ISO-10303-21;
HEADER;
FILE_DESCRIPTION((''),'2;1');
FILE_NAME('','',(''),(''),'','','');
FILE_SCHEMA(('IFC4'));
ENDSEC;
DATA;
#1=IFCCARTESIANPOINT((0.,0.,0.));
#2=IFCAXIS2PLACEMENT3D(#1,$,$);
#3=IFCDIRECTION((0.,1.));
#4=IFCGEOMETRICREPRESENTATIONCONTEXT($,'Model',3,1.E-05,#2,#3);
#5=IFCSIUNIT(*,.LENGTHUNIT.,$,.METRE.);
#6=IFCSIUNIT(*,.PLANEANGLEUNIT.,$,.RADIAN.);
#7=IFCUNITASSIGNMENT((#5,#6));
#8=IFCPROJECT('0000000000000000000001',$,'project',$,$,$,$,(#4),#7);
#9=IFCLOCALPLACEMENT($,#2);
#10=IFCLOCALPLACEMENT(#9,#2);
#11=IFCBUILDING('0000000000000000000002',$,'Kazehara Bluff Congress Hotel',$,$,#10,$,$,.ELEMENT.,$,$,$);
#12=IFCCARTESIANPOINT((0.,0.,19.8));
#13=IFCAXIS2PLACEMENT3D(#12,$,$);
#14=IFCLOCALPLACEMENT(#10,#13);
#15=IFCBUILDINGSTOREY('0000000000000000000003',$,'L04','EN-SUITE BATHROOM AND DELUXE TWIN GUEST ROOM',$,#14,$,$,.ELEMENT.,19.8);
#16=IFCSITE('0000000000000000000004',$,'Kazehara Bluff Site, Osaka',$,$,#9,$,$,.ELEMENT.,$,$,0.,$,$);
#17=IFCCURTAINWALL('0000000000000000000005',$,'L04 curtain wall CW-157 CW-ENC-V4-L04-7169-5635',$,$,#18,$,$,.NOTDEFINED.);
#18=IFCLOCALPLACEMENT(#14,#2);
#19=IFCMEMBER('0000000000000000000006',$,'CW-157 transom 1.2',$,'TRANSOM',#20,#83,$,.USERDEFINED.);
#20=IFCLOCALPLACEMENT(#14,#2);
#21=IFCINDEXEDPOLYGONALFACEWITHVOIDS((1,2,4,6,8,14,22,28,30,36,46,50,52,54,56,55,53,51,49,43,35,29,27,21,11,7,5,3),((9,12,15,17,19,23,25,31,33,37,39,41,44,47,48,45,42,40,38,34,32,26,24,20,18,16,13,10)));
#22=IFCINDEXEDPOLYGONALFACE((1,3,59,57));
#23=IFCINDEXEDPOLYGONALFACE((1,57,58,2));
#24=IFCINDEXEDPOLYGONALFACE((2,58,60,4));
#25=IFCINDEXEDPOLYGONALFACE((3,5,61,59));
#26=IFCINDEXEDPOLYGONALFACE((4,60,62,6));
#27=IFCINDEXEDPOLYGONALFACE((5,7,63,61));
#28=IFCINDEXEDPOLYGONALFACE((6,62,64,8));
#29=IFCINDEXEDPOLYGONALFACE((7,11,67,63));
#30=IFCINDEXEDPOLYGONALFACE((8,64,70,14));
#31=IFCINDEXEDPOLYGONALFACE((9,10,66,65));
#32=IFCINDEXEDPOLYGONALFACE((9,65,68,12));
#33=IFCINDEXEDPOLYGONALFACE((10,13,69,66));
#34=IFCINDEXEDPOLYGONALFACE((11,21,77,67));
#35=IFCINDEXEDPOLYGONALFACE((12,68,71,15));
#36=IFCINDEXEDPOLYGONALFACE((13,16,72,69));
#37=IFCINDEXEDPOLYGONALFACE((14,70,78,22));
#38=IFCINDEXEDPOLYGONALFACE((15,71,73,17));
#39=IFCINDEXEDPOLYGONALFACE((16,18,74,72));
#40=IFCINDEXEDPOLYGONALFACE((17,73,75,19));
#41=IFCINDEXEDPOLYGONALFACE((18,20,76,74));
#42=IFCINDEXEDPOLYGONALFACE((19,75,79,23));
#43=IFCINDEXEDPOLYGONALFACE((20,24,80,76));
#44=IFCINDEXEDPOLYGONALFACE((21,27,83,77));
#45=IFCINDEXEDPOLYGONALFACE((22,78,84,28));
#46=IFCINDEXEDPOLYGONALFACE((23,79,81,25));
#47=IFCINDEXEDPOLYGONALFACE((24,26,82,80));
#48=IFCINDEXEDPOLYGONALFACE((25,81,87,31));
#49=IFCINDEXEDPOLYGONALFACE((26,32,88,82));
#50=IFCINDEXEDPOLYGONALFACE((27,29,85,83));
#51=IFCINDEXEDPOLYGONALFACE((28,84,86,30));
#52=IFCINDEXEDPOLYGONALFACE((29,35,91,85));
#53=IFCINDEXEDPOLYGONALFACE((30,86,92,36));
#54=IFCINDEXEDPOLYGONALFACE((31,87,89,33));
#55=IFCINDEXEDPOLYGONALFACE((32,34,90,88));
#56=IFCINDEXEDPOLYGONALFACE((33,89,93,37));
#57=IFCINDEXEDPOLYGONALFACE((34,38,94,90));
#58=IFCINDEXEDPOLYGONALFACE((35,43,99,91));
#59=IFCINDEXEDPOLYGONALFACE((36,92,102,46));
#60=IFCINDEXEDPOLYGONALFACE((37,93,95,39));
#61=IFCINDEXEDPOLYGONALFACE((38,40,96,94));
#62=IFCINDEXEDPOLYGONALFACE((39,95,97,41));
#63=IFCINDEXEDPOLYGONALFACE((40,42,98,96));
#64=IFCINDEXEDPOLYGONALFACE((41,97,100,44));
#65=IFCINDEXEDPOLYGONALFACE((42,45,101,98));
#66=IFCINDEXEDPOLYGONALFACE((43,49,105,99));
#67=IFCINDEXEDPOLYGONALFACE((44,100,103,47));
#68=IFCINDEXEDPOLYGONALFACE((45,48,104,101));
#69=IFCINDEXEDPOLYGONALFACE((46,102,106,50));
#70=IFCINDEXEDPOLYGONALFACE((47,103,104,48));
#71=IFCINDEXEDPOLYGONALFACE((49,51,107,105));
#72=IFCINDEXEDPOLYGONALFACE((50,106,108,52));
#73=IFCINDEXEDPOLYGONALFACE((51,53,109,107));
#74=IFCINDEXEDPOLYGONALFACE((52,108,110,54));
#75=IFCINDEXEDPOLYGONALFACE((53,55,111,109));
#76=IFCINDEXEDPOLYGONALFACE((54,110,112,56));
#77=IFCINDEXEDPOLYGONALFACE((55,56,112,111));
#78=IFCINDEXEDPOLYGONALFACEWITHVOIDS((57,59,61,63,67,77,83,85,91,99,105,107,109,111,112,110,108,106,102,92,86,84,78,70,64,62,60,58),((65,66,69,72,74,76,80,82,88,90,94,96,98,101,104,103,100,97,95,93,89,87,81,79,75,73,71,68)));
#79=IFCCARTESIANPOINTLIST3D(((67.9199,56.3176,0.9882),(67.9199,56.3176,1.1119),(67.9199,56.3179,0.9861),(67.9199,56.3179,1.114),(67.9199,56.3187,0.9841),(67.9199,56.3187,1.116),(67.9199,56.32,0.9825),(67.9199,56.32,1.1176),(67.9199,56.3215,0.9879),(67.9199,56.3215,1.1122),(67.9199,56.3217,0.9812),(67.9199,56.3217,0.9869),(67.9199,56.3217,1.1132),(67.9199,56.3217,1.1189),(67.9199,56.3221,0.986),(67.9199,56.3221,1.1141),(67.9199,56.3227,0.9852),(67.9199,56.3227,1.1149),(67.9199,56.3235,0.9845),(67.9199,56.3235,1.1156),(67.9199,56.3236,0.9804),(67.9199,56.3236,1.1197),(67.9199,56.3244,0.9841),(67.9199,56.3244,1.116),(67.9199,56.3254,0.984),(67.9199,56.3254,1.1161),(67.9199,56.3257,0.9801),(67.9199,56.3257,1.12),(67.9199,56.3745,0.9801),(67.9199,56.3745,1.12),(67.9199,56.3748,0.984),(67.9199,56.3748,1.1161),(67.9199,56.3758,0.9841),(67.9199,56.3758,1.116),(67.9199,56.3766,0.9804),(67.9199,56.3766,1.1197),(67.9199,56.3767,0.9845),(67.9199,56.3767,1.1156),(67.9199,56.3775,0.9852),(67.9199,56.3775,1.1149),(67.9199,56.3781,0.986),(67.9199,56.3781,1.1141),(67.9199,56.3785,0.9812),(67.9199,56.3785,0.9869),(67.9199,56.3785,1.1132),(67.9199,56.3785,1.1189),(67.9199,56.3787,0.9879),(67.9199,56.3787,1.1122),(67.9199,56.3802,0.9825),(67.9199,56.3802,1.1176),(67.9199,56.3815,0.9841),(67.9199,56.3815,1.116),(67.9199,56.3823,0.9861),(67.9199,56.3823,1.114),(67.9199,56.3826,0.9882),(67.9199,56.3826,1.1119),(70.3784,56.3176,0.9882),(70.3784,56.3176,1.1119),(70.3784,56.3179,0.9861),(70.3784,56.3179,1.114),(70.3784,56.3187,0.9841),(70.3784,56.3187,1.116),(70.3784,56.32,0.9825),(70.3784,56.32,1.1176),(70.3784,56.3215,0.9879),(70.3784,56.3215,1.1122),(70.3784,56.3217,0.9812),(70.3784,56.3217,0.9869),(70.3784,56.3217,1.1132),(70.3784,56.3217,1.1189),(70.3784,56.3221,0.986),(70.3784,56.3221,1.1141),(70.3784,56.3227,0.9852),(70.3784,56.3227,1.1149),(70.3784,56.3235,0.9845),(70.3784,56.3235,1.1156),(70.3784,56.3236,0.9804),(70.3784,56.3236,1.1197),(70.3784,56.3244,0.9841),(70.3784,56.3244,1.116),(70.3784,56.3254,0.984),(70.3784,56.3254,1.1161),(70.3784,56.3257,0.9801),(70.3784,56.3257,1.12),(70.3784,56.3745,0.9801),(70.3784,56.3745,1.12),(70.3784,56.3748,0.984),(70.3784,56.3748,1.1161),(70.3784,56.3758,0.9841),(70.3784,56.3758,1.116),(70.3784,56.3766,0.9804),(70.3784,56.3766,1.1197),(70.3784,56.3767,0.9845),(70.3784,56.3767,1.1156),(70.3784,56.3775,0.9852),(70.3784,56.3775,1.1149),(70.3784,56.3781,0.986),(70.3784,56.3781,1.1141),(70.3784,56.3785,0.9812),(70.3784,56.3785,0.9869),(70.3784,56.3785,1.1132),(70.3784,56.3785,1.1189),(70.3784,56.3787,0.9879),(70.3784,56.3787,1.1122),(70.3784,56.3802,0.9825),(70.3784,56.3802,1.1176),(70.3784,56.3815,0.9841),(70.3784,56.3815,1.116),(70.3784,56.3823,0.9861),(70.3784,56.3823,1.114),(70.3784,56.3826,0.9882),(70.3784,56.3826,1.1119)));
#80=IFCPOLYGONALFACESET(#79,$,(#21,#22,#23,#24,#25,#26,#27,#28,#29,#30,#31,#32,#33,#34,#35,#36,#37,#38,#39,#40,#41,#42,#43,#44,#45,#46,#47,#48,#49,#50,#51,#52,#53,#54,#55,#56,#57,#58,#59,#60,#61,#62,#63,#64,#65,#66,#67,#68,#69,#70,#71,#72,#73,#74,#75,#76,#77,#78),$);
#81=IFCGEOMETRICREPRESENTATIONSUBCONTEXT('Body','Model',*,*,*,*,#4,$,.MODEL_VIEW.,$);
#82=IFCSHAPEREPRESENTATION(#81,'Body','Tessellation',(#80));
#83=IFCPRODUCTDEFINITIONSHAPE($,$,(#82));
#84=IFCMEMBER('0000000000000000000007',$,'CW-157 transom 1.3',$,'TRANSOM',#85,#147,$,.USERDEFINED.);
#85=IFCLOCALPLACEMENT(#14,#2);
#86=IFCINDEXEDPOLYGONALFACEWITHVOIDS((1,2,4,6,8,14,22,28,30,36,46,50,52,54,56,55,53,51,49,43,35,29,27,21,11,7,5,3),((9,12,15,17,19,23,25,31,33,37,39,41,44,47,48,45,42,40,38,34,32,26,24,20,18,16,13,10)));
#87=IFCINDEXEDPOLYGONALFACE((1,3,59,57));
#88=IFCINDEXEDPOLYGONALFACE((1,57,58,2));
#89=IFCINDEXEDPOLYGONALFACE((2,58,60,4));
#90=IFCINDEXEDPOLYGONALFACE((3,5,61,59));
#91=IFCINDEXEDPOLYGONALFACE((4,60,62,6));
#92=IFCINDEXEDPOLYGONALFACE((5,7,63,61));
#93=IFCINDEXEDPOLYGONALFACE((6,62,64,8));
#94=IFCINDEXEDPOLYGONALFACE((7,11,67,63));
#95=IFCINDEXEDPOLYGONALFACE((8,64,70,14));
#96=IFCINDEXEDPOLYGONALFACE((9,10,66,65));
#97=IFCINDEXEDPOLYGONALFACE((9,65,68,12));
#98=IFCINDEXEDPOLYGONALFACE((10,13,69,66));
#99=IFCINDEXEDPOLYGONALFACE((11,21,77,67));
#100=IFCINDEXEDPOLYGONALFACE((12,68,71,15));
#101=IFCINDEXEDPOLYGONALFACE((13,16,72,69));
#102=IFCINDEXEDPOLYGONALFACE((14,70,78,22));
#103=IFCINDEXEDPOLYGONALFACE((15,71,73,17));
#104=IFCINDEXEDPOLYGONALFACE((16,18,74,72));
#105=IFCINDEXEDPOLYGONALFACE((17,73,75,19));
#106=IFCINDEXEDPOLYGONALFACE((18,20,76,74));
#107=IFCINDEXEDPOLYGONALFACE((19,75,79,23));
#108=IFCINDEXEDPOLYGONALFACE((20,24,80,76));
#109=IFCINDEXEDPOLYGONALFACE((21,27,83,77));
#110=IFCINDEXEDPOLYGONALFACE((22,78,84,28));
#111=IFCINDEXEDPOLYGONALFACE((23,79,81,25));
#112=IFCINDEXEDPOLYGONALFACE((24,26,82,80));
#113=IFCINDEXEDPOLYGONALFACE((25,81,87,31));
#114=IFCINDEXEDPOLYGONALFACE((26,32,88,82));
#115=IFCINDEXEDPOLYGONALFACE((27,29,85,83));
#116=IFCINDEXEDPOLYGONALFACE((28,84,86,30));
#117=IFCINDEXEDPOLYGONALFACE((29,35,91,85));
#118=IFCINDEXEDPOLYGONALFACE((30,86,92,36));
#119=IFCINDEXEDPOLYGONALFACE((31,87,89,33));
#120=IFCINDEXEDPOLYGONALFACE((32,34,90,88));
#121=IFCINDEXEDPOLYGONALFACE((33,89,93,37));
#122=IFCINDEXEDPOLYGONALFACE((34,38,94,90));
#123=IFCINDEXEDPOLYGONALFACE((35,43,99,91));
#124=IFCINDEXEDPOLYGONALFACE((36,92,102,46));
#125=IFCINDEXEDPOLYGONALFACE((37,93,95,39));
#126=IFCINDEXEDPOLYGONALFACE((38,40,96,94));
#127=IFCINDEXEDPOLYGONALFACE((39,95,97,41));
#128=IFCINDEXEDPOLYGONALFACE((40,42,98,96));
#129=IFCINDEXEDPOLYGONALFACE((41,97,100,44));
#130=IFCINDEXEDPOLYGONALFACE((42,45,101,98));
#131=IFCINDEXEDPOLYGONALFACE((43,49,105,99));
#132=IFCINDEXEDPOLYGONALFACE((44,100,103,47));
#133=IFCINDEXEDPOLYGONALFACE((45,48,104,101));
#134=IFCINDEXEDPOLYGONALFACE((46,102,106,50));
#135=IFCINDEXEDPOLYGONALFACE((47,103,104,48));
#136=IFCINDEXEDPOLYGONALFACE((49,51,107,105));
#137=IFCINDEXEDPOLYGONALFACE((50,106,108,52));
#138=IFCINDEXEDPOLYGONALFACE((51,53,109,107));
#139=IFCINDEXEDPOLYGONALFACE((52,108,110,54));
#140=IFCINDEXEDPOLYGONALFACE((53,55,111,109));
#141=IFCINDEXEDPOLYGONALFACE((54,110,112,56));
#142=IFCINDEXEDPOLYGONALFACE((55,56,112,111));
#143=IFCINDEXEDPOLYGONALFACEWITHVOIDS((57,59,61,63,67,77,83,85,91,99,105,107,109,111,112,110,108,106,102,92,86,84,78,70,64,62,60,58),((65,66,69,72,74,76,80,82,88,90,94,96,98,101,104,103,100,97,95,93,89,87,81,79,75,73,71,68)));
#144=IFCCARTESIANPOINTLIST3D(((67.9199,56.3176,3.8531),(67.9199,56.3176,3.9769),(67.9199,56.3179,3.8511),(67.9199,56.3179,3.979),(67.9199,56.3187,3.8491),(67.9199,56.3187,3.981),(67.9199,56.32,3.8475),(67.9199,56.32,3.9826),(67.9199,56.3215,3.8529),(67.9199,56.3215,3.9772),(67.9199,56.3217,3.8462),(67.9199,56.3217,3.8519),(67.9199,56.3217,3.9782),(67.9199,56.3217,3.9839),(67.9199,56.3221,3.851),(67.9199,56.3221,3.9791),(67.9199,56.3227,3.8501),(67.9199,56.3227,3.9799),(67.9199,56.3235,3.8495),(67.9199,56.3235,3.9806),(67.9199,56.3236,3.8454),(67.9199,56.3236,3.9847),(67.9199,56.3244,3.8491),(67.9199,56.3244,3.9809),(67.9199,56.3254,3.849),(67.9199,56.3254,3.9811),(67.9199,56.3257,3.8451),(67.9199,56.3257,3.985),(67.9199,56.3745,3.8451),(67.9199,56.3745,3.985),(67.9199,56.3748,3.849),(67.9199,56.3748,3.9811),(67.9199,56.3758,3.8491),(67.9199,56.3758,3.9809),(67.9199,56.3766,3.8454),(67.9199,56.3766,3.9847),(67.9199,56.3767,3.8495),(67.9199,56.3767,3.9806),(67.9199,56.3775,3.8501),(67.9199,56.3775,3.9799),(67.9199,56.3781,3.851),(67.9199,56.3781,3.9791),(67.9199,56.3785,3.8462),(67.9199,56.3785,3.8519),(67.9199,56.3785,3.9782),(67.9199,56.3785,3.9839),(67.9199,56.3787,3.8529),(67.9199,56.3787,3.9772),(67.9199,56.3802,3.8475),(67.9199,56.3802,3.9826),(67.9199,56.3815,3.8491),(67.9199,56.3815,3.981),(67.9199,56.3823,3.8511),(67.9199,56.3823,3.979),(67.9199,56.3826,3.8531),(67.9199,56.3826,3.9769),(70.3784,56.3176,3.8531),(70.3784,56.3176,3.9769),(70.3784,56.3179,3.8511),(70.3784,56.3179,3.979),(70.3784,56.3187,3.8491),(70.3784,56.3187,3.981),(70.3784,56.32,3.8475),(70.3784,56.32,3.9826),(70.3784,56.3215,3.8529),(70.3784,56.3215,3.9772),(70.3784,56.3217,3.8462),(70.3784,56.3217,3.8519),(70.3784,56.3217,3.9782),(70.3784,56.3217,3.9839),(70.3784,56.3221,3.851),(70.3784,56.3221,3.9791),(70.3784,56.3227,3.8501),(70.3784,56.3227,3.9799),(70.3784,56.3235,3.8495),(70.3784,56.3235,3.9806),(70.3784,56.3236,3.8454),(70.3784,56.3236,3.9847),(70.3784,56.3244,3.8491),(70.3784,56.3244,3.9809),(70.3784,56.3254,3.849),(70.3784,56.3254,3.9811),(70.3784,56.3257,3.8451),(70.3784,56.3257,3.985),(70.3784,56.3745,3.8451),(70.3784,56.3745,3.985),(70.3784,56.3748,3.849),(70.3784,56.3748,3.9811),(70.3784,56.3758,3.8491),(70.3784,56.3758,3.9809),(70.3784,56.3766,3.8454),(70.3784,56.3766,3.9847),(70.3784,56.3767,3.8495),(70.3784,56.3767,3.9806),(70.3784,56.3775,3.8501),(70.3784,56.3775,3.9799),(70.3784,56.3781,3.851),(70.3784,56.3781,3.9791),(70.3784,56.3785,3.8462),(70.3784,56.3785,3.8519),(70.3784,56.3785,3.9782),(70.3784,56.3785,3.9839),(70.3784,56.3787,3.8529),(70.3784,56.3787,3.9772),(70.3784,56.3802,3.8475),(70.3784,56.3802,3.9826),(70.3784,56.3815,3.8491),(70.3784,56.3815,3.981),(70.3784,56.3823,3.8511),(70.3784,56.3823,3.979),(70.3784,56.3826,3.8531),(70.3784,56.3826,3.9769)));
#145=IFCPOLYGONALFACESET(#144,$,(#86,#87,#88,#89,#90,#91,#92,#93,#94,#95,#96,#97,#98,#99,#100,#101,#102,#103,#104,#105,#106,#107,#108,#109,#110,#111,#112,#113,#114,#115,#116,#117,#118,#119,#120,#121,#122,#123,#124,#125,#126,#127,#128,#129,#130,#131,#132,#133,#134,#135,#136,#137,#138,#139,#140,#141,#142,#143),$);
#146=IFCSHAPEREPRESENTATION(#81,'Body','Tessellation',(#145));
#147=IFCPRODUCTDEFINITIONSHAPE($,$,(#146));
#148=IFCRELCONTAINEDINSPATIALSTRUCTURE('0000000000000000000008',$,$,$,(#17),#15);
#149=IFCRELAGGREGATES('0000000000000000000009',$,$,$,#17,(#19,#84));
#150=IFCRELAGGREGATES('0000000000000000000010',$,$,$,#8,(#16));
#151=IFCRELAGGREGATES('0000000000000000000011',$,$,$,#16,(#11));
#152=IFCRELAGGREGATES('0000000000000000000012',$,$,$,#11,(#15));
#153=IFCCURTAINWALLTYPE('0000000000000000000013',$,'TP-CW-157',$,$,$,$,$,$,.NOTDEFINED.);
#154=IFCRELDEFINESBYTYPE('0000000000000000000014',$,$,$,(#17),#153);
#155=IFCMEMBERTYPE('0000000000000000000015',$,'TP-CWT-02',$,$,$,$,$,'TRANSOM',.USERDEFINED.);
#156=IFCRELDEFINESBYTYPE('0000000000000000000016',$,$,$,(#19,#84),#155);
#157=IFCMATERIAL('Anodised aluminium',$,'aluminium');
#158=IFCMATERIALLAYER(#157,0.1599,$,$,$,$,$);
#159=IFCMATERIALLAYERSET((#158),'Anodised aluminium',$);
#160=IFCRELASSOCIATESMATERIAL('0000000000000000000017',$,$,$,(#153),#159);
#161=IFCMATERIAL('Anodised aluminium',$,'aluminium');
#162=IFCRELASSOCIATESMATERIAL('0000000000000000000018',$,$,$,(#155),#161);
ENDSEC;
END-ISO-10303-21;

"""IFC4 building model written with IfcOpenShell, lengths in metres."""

from ifc_helpers import new_model, si_unit, direction, frame, origin, origin_2d, place, context, subcontext, project, spatial, hollow_rectangle, extrude, material, layer, layer_set, material_profile, profile_set, type_object, element, aggregate, save


model = new_model("IFC4")

# Units and contexts
model_context = context("Model", 3, precision=1e-05, world=origin(), true_north=direction((0.0, 1.0)))
body_context = subcontext(model_context, "Body", "Model", "MODEL_VIEW")
ifc_project = project(units=[si_unit("LENGTHUNIT", "METRE"), si_unit("PLANEANGLEUNIT", "RADIAN")], contexts=[model_context])

# Site, building, storey
site_placement = place(None, origin())
site = spatial("IfcSite", under=ifc_project, at=site_placement, Name="Kazehara Bluff Site, Osaka", CompositionType="ELEMENT", RefElevation=0.0)
building_placement = place(site_placement, origin())
building = spatial("IfcBuilding", under=site, at=building_placement, Name="Kazehara Bluff Congress Hotel", CompositionType="ELEMENT")
storey_placement = place(building_placement, frame((0.0, 0.0, 19.8)))
storey = spatial("IfcBuildingStorey", under=building, at=storey_placement, Name="L04", Description="EN-SUITE BATHROOM AND DELUXE TWIN GUEST ROOM", CompositionType="ELEMENT", Elevation=19.8)

# Curtain wall, members
ifc_material_1 = material(Name="Anodised aluminium", Category="aluminium")
ifc_layer_1 = layer(ifc_material_1, 0.1599)
ifc_layer_set_1 = layer_set([ifc_layer_1], Name="Anodised aluminium")
curtain_wall_type_1 = type_object("IfcCurtainWallType", Name="TP-CW-157", PredefinedType="NOTDEFINED", material=ifc_layer_set_1)
curtain_wall_1_placement = place(storey_placement, origin())
curtain_wall_1 = element("IfcCurtainWall", 1, at=curtain_wall_1_placement, inside=storey, type_object=curtain_wall_type_1, Name="L04 curtain wall CW-157 CW-ENC-V4-L04-7169-5635", PredefinedType="NOTDEFINED")
ifc_material_2 = material(Name="Anodised aluminium", Category="aluminium")
ifc_material_profile_1 = material_profile(ifc_material_2, hollow_rectangle(XDim=0.0649, YDim=0.1399, WallThickness=0.0039, InnerFilletRadius=0.0039, OuterFilletRadius=0.0081, at=origin_2d()))
ifc_profile_set_1 = profile_set([ifc_material_profile_1], Name="Anodised aluminium")
member_type_1 = type_object("IfcMemberType", Name="TP-CWT-02", ElementType="TRANSOM", PredefinedType="USERDEFINED", material=ifc_profile_set_1)
member_1_placement = place(storey_placement, frame((67.9199, 56.3501, 1.05), z_axis=(1.0, 0.0, 0.0), x_axis=(0.0, 1.0, 0.0)))
member_1 = element("IfcMember", 2, at=member_1_placement, type_object=member_type_1, Name="CW-157 transom 1.2", ObjectType="TRANSOM", PredefinedType="USERDEFINED", context=body_context, shape_type="SweptSolid", body=[
    extrude(hollow_rectangle(XDim=0.0649, YDim=0.1399, WallThickness=0.0039, InnerFilletRadius=0.0039, OuterFilletRadius=0.0081, at=origin_2d()), origin(), (0.0, 0.0, 1.0), 2.4585),
])
member_2_placement = place(storey_placement, frame((67.9199, 56.3501, 3.915), z_axis=(1.0, 0.0, 0.0), x_axis=(0.0, 1.0, 0.0)))
member_2 = element("IfcMember", 3, at=member_2_placement, type_object=member_type_1, Name="CW-157 transom 1.3", ObjectType="TRANSOM", PredefinedType="USERDEFINED", context=body_context, shape_type="SweptSolid", body=[
    extrude(hollow_rectangle(XDim=0.0649, YDim=0.1399, WallThickness=0.0039, InnerFilletRadius=0.0039, OuterFilletRadius=0.0081, at=origin_2d()), origin(), (0.0, 0.0, 1.0), 2.4585),
])

aggregate(curtain_wall_1, [member_1, member_2])

save(model, "model.ifc")
